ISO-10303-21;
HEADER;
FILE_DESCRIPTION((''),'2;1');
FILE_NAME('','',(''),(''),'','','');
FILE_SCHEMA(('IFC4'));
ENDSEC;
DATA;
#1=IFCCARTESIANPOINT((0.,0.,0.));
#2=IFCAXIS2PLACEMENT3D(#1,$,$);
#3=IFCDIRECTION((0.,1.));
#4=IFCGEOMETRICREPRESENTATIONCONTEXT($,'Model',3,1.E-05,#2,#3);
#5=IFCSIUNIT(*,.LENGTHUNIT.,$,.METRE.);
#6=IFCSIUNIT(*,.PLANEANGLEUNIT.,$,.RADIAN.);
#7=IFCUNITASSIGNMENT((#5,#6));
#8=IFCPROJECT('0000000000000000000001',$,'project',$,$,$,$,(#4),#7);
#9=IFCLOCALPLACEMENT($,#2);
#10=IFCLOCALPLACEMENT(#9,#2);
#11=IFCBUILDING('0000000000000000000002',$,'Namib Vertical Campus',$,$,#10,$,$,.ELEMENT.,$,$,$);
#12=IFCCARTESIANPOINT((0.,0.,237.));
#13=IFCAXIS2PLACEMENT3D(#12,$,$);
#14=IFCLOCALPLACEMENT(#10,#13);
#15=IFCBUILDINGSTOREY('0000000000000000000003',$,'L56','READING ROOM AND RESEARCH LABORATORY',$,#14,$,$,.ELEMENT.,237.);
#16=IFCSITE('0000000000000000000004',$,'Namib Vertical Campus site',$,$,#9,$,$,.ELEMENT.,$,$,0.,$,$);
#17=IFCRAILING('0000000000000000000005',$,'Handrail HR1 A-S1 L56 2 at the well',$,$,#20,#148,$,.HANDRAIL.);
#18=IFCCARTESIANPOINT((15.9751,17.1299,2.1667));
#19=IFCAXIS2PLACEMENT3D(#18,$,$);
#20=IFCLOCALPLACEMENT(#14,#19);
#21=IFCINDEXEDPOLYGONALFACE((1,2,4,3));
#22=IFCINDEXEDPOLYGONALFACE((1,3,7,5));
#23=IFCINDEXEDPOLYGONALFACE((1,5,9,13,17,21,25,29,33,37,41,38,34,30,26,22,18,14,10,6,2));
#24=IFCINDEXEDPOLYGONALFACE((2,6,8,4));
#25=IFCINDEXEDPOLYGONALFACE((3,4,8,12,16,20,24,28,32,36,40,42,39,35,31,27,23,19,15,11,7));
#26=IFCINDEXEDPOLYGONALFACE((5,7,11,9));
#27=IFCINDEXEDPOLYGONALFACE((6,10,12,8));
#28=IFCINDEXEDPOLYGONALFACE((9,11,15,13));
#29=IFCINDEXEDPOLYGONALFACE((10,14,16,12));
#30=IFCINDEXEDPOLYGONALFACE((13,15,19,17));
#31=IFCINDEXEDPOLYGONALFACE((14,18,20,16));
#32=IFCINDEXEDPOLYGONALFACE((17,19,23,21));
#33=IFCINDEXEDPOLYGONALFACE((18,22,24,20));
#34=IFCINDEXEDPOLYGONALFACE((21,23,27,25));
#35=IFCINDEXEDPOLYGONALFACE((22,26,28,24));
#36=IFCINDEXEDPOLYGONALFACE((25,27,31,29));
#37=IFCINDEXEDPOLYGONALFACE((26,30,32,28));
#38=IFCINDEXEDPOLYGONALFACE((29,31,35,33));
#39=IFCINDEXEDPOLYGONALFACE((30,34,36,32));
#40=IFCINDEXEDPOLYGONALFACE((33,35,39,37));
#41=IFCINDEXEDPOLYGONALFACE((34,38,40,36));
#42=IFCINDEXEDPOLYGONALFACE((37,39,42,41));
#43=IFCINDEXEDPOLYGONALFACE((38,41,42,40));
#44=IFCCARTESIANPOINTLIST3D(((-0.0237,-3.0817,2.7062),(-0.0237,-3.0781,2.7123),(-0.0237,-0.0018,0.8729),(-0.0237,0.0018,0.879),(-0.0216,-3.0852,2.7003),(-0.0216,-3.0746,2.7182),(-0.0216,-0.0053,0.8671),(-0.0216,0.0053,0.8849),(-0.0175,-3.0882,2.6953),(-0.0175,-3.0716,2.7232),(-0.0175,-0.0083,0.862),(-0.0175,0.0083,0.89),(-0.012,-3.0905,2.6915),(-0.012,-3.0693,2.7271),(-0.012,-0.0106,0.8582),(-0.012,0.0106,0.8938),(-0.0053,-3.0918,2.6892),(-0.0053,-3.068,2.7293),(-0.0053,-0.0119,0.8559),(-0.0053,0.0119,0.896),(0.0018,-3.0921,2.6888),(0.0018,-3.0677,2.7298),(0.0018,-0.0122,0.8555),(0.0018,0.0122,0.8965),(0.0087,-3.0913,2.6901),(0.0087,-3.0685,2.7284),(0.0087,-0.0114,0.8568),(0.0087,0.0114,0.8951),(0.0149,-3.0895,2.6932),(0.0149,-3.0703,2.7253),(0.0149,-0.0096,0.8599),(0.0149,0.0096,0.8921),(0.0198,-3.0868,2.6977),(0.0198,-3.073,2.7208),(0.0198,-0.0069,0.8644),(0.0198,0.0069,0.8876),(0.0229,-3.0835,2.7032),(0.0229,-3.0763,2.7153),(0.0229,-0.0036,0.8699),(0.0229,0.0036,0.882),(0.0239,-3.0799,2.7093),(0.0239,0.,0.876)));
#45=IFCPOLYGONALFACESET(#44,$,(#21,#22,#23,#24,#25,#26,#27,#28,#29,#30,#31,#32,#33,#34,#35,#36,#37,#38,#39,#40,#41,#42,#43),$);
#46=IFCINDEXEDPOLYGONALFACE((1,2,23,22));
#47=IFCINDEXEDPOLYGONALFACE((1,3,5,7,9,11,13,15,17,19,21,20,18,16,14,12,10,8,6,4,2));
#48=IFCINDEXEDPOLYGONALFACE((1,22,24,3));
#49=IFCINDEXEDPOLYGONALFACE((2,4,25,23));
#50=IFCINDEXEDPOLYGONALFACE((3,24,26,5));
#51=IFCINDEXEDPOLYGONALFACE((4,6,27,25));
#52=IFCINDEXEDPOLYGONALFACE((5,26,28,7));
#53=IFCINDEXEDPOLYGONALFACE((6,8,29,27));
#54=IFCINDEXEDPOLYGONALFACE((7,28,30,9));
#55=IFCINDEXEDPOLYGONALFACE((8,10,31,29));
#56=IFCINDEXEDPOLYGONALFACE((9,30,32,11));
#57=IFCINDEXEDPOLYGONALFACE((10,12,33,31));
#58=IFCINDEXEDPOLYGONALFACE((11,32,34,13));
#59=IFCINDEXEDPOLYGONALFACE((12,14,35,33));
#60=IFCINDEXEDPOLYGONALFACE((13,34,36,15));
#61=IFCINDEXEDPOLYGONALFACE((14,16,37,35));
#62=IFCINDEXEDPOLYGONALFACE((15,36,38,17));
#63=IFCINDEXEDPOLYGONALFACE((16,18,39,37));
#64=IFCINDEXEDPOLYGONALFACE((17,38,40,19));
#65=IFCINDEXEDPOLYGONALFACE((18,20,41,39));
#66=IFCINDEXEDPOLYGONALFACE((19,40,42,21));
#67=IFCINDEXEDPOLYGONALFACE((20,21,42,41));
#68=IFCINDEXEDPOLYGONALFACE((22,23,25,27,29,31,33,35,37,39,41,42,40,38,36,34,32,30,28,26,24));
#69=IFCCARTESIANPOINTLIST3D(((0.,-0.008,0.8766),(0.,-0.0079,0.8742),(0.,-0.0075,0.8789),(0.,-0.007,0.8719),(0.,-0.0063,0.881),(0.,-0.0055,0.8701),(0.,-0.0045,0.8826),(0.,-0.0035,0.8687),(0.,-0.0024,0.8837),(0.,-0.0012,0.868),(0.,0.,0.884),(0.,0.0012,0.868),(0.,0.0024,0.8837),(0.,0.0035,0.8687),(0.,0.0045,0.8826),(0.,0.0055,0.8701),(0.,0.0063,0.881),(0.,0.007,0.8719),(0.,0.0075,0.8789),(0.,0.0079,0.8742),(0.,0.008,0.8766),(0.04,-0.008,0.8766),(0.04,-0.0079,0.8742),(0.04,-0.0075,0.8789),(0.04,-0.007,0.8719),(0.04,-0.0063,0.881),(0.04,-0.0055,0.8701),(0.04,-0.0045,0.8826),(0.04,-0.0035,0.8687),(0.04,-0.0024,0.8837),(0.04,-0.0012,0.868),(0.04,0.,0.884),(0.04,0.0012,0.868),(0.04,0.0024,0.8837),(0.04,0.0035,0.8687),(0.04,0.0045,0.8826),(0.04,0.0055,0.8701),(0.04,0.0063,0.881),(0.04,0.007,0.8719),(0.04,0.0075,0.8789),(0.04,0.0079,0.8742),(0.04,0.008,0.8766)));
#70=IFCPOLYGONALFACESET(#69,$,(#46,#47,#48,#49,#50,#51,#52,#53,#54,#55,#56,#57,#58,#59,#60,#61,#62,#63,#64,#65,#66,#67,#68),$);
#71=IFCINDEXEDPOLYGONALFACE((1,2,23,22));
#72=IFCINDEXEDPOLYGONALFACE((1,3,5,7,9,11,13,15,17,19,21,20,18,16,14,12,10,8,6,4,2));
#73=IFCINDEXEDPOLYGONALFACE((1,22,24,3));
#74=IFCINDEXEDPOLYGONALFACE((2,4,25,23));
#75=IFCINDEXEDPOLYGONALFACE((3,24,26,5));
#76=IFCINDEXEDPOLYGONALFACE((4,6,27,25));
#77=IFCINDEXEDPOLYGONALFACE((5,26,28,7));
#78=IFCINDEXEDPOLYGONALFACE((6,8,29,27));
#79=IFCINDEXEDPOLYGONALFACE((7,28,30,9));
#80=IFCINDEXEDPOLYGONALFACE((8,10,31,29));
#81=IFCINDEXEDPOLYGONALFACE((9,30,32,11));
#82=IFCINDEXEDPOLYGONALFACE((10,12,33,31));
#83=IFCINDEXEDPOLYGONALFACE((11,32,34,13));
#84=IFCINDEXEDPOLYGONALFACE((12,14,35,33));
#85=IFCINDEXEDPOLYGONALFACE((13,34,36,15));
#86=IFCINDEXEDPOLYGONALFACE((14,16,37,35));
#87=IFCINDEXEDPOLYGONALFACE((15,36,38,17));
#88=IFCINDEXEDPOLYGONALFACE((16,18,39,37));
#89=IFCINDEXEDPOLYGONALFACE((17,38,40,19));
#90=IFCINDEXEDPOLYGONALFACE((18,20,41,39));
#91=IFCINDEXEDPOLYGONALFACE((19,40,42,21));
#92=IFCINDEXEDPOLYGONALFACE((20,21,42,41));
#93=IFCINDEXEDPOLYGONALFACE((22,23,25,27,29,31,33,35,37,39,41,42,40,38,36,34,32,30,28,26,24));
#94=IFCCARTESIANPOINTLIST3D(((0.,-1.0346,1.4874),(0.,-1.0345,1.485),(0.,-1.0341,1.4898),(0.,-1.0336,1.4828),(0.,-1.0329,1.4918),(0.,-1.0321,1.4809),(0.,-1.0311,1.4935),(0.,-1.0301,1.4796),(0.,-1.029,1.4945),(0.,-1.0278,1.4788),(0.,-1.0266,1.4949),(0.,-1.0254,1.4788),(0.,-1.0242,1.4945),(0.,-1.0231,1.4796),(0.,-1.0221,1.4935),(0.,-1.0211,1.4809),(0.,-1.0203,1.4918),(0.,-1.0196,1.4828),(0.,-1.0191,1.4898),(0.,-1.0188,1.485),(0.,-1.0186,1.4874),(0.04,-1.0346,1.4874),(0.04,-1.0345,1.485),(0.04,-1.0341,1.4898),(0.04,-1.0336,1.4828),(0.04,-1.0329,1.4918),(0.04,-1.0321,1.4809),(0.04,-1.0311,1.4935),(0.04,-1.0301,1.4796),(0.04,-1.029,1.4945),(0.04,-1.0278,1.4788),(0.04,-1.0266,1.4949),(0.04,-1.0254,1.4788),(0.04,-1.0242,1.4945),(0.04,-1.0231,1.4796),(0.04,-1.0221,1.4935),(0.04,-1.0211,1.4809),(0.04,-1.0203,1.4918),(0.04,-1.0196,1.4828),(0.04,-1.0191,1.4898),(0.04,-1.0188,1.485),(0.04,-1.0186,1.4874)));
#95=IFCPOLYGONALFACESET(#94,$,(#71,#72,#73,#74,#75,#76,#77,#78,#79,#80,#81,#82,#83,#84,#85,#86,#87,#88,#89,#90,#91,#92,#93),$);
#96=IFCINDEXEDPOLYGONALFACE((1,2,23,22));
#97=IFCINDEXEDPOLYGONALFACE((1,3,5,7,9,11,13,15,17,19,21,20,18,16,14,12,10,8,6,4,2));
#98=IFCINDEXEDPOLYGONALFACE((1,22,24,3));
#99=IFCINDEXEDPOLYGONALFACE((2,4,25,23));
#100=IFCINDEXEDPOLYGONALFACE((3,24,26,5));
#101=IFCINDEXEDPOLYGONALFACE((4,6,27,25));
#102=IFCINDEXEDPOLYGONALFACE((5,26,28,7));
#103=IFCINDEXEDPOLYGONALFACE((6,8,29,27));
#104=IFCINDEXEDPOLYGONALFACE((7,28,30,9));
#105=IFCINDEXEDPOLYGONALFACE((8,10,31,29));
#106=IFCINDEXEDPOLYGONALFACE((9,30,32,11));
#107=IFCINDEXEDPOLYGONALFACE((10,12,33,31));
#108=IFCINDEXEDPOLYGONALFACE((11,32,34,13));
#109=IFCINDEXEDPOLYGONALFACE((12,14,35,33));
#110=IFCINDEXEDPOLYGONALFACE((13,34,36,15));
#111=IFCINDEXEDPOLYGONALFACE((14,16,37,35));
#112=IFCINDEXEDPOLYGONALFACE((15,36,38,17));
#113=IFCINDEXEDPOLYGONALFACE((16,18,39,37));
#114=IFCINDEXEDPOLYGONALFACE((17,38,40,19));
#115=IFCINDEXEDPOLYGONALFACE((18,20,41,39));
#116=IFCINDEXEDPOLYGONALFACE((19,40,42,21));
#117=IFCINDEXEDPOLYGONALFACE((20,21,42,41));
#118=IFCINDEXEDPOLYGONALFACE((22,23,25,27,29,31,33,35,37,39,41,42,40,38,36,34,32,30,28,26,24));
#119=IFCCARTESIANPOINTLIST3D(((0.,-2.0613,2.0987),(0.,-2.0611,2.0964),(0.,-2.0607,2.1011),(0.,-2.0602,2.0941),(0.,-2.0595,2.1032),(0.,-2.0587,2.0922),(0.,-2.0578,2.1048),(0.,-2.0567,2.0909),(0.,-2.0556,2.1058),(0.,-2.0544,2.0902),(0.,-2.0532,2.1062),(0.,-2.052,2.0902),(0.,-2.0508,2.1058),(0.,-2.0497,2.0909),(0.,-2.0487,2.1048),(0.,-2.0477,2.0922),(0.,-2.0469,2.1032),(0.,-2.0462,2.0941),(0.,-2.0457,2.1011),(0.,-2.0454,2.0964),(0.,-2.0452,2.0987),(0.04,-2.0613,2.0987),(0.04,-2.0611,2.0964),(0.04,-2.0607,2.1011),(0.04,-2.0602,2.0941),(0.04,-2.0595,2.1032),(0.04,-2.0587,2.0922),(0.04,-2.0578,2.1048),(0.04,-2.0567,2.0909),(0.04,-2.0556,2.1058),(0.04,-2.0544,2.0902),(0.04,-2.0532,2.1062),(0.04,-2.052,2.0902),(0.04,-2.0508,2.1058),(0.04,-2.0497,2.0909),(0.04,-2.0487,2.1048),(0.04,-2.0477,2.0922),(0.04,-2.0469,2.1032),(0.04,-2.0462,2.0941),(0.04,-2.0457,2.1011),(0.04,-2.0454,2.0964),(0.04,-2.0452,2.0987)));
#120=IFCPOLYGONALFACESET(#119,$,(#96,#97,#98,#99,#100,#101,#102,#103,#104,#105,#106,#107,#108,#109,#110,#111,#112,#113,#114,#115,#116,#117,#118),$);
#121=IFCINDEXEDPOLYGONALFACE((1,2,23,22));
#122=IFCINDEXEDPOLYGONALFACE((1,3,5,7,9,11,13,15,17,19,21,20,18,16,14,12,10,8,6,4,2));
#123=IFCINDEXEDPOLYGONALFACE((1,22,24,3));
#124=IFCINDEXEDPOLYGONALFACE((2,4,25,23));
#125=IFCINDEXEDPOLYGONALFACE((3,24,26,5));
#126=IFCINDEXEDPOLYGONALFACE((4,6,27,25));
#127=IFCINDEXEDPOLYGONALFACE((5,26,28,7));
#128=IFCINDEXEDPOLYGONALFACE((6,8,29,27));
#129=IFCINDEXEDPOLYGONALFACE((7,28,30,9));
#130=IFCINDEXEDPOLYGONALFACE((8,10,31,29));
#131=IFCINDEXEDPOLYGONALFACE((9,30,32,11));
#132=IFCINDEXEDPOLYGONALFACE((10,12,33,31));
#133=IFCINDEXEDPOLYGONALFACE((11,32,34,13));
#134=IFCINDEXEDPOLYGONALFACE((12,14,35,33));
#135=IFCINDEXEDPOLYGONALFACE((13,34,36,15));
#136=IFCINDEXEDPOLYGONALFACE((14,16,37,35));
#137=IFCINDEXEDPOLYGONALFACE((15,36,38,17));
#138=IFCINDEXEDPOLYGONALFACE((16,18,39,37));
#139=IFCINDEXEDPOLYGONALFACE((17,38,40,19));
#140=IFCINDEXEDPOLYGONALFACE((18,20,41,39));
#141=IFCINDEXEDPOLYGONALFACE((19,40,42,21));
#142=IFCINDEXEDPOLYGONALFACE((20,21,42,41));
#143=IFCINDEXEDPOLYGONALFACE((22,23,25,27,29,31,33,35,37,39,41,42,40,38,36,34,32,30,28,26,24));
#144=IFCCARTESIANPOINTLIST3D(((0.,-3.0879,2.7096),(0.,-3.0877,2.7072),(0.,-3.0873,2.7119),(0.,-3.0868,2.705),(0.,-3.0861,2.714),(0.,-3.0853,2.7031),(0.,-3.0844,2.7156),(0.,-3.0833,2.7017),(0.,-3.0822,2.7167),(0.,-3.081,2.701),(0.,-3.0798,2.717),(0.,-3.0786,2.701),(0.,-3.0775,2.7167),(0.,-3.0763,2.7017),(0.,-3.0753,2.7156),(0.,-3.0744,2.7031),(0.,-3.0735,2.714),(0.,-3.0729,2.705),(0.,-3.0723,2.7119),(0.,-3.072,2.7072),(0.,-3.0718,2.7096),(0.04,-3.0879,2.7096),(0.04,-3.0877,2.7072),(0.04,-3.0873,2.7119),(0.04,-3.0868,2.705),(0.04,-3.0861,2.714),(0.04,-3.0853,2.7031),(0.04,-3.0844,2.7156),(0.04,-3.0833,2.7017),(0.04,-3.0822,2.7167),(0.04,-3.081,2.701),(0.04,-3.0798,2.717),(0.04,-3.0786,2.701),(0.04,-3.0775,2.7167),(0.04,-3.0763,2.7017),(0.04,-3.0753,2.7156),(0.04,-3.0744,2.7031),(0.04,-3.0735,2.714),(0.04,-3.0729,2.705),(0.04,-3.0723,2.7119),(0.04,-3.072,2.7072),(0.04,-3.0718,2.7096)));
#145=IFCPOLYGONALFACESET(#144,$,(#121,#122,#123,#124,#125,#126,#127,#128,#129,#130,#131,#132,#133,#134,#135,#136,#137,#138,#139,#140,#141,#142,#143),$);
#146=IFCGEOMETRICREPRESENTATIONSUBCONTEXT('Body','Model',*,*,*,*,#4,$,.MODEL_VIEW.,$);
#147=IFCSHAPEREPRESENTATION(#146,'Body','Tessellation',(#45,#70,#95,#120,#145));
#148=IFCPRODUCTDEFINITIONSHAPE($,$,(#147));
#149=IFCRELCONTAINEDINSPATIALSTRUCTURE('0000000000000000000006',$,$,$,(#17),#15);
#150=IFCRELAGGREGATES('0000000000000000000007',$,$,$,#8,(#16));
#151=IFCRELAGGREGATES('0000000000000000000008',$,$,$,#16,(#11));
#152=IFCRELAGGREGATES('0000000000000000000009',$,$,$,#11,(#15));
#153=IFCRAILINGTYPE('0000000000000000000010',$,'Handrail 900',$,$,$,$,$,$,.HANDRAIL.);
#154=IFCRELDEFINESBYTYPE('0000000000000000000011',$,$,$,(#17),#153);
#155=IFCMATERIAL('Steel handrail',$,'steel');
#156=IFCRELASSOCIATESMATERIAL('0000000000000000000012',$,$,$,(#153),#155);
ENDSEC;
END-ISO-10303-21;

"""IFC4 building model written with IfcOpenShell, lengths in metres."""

from ifc_helpers import new_model, si_unit, direction, frame, origin, origin_2d, place, context, subcontext, project, spatial, circle, extrude, material, type_object, element, save


model = new_model("IFC4")

# Units and contexts
model_context = context("Model", 3, precision=1e-05, world=origin(), true_north=direction((0.0, 1.0)))
body_context = subcontext(model_context, "Body", "Model", "MODEL_VIEW")
ifc_project = project(units=[si_unit("LENGTHUNIT", "METRE"), si_unit("PLANEANGLEUNIT", "RADIAN")], contexts=[model_context])

# Site, building, storey
site_placement = place(None, origin())
site = spatial("IfcSite", under=ifc_project, at=site_placement, Name="Namib Vertical Campus site", CompositionType="ELEMENT", RefElevation=0.0)
building_placement = place(site_placement, origin())
building = spatial("IfcBuilding", under=site, at=building_placement, Name="Namib Vertical Campus", CompositionType="ELEMENT")
storey_placement = place(building_placement, frame((0.0, 0.0, 237.0)))
storey = spatial("IfcBuildingStorey", under=building, at=storey_placement, Name="L56", Description="READING ROOM AND RESEARCH LABORATORY", CompositionType="ELEMENT", Elevation=237.0)

# Railing
ifc_material_1 = material(Name="Steel handrail", Category="steel")
railing_type = type_object("IfcRailingType", Name="Handrail 900", PredefinedType="HANDRAIL", material=ifc_material_1)
railing_placement = place(storey_placement, frame((15.9751, 17.1299, 2.1667)))
element("IfcRailing", 1, at=railing_placement, inside=storey, type_object=railing_type, Name="Handrail HR1 A-S1 L56 2 at the well", PredefinedType="HANDRAIL", context=body_context, shape_type="SweptSolid", body=[
    extrude(circle(Radius=0.0239, at=origin_2d()), frame((0.0, 0.0, 0.876), z_axis=(0.0, -0.859291, 0.511487), x_axis=(1.0, 0.0, 0.0)), (0.0, 0.0, 1.0), 3.5842),
    extrude(circle(Radius=0.0081, at=origin_2d()), frame((0.0, 0.0, 0.876), z_axis=(1.0, 0.0, 0.0), x_axis=(0.0, 0.0, 1.0)), (0.0, 0.0, 1.0), 0.04),
    extrude(circle(Radius=0.0081, at=origin_2d()), frame((0.0, -1.0266, 1.4868), z_axis=(1.0, 0.0, 0.0), x_axis=(0.0, 0.0, 1.0)), (0.0, 0.0, 1.0), 0.04),
    extrude(circle(Radius=0.0081, at=origin_2d()), frame((0.0, -2.0532, 2.0981), z_axis=(1.0, 0.0, 0.0), x_axis=(0.0, 0.0, 1.0)), (0.0, 0.0, 1.0), 0.04),
    extrude(circle(Radius=0.0081, at=origin_2d()), frame((0.0, -3.0798, 2.709), z_axis=(1.0, 0.0, 0.0), x_axis=(0.0, 0.0, 1.0)), (0.0, 0.0, 1.0), 0.04),
])

save(model, "model.ifc")
